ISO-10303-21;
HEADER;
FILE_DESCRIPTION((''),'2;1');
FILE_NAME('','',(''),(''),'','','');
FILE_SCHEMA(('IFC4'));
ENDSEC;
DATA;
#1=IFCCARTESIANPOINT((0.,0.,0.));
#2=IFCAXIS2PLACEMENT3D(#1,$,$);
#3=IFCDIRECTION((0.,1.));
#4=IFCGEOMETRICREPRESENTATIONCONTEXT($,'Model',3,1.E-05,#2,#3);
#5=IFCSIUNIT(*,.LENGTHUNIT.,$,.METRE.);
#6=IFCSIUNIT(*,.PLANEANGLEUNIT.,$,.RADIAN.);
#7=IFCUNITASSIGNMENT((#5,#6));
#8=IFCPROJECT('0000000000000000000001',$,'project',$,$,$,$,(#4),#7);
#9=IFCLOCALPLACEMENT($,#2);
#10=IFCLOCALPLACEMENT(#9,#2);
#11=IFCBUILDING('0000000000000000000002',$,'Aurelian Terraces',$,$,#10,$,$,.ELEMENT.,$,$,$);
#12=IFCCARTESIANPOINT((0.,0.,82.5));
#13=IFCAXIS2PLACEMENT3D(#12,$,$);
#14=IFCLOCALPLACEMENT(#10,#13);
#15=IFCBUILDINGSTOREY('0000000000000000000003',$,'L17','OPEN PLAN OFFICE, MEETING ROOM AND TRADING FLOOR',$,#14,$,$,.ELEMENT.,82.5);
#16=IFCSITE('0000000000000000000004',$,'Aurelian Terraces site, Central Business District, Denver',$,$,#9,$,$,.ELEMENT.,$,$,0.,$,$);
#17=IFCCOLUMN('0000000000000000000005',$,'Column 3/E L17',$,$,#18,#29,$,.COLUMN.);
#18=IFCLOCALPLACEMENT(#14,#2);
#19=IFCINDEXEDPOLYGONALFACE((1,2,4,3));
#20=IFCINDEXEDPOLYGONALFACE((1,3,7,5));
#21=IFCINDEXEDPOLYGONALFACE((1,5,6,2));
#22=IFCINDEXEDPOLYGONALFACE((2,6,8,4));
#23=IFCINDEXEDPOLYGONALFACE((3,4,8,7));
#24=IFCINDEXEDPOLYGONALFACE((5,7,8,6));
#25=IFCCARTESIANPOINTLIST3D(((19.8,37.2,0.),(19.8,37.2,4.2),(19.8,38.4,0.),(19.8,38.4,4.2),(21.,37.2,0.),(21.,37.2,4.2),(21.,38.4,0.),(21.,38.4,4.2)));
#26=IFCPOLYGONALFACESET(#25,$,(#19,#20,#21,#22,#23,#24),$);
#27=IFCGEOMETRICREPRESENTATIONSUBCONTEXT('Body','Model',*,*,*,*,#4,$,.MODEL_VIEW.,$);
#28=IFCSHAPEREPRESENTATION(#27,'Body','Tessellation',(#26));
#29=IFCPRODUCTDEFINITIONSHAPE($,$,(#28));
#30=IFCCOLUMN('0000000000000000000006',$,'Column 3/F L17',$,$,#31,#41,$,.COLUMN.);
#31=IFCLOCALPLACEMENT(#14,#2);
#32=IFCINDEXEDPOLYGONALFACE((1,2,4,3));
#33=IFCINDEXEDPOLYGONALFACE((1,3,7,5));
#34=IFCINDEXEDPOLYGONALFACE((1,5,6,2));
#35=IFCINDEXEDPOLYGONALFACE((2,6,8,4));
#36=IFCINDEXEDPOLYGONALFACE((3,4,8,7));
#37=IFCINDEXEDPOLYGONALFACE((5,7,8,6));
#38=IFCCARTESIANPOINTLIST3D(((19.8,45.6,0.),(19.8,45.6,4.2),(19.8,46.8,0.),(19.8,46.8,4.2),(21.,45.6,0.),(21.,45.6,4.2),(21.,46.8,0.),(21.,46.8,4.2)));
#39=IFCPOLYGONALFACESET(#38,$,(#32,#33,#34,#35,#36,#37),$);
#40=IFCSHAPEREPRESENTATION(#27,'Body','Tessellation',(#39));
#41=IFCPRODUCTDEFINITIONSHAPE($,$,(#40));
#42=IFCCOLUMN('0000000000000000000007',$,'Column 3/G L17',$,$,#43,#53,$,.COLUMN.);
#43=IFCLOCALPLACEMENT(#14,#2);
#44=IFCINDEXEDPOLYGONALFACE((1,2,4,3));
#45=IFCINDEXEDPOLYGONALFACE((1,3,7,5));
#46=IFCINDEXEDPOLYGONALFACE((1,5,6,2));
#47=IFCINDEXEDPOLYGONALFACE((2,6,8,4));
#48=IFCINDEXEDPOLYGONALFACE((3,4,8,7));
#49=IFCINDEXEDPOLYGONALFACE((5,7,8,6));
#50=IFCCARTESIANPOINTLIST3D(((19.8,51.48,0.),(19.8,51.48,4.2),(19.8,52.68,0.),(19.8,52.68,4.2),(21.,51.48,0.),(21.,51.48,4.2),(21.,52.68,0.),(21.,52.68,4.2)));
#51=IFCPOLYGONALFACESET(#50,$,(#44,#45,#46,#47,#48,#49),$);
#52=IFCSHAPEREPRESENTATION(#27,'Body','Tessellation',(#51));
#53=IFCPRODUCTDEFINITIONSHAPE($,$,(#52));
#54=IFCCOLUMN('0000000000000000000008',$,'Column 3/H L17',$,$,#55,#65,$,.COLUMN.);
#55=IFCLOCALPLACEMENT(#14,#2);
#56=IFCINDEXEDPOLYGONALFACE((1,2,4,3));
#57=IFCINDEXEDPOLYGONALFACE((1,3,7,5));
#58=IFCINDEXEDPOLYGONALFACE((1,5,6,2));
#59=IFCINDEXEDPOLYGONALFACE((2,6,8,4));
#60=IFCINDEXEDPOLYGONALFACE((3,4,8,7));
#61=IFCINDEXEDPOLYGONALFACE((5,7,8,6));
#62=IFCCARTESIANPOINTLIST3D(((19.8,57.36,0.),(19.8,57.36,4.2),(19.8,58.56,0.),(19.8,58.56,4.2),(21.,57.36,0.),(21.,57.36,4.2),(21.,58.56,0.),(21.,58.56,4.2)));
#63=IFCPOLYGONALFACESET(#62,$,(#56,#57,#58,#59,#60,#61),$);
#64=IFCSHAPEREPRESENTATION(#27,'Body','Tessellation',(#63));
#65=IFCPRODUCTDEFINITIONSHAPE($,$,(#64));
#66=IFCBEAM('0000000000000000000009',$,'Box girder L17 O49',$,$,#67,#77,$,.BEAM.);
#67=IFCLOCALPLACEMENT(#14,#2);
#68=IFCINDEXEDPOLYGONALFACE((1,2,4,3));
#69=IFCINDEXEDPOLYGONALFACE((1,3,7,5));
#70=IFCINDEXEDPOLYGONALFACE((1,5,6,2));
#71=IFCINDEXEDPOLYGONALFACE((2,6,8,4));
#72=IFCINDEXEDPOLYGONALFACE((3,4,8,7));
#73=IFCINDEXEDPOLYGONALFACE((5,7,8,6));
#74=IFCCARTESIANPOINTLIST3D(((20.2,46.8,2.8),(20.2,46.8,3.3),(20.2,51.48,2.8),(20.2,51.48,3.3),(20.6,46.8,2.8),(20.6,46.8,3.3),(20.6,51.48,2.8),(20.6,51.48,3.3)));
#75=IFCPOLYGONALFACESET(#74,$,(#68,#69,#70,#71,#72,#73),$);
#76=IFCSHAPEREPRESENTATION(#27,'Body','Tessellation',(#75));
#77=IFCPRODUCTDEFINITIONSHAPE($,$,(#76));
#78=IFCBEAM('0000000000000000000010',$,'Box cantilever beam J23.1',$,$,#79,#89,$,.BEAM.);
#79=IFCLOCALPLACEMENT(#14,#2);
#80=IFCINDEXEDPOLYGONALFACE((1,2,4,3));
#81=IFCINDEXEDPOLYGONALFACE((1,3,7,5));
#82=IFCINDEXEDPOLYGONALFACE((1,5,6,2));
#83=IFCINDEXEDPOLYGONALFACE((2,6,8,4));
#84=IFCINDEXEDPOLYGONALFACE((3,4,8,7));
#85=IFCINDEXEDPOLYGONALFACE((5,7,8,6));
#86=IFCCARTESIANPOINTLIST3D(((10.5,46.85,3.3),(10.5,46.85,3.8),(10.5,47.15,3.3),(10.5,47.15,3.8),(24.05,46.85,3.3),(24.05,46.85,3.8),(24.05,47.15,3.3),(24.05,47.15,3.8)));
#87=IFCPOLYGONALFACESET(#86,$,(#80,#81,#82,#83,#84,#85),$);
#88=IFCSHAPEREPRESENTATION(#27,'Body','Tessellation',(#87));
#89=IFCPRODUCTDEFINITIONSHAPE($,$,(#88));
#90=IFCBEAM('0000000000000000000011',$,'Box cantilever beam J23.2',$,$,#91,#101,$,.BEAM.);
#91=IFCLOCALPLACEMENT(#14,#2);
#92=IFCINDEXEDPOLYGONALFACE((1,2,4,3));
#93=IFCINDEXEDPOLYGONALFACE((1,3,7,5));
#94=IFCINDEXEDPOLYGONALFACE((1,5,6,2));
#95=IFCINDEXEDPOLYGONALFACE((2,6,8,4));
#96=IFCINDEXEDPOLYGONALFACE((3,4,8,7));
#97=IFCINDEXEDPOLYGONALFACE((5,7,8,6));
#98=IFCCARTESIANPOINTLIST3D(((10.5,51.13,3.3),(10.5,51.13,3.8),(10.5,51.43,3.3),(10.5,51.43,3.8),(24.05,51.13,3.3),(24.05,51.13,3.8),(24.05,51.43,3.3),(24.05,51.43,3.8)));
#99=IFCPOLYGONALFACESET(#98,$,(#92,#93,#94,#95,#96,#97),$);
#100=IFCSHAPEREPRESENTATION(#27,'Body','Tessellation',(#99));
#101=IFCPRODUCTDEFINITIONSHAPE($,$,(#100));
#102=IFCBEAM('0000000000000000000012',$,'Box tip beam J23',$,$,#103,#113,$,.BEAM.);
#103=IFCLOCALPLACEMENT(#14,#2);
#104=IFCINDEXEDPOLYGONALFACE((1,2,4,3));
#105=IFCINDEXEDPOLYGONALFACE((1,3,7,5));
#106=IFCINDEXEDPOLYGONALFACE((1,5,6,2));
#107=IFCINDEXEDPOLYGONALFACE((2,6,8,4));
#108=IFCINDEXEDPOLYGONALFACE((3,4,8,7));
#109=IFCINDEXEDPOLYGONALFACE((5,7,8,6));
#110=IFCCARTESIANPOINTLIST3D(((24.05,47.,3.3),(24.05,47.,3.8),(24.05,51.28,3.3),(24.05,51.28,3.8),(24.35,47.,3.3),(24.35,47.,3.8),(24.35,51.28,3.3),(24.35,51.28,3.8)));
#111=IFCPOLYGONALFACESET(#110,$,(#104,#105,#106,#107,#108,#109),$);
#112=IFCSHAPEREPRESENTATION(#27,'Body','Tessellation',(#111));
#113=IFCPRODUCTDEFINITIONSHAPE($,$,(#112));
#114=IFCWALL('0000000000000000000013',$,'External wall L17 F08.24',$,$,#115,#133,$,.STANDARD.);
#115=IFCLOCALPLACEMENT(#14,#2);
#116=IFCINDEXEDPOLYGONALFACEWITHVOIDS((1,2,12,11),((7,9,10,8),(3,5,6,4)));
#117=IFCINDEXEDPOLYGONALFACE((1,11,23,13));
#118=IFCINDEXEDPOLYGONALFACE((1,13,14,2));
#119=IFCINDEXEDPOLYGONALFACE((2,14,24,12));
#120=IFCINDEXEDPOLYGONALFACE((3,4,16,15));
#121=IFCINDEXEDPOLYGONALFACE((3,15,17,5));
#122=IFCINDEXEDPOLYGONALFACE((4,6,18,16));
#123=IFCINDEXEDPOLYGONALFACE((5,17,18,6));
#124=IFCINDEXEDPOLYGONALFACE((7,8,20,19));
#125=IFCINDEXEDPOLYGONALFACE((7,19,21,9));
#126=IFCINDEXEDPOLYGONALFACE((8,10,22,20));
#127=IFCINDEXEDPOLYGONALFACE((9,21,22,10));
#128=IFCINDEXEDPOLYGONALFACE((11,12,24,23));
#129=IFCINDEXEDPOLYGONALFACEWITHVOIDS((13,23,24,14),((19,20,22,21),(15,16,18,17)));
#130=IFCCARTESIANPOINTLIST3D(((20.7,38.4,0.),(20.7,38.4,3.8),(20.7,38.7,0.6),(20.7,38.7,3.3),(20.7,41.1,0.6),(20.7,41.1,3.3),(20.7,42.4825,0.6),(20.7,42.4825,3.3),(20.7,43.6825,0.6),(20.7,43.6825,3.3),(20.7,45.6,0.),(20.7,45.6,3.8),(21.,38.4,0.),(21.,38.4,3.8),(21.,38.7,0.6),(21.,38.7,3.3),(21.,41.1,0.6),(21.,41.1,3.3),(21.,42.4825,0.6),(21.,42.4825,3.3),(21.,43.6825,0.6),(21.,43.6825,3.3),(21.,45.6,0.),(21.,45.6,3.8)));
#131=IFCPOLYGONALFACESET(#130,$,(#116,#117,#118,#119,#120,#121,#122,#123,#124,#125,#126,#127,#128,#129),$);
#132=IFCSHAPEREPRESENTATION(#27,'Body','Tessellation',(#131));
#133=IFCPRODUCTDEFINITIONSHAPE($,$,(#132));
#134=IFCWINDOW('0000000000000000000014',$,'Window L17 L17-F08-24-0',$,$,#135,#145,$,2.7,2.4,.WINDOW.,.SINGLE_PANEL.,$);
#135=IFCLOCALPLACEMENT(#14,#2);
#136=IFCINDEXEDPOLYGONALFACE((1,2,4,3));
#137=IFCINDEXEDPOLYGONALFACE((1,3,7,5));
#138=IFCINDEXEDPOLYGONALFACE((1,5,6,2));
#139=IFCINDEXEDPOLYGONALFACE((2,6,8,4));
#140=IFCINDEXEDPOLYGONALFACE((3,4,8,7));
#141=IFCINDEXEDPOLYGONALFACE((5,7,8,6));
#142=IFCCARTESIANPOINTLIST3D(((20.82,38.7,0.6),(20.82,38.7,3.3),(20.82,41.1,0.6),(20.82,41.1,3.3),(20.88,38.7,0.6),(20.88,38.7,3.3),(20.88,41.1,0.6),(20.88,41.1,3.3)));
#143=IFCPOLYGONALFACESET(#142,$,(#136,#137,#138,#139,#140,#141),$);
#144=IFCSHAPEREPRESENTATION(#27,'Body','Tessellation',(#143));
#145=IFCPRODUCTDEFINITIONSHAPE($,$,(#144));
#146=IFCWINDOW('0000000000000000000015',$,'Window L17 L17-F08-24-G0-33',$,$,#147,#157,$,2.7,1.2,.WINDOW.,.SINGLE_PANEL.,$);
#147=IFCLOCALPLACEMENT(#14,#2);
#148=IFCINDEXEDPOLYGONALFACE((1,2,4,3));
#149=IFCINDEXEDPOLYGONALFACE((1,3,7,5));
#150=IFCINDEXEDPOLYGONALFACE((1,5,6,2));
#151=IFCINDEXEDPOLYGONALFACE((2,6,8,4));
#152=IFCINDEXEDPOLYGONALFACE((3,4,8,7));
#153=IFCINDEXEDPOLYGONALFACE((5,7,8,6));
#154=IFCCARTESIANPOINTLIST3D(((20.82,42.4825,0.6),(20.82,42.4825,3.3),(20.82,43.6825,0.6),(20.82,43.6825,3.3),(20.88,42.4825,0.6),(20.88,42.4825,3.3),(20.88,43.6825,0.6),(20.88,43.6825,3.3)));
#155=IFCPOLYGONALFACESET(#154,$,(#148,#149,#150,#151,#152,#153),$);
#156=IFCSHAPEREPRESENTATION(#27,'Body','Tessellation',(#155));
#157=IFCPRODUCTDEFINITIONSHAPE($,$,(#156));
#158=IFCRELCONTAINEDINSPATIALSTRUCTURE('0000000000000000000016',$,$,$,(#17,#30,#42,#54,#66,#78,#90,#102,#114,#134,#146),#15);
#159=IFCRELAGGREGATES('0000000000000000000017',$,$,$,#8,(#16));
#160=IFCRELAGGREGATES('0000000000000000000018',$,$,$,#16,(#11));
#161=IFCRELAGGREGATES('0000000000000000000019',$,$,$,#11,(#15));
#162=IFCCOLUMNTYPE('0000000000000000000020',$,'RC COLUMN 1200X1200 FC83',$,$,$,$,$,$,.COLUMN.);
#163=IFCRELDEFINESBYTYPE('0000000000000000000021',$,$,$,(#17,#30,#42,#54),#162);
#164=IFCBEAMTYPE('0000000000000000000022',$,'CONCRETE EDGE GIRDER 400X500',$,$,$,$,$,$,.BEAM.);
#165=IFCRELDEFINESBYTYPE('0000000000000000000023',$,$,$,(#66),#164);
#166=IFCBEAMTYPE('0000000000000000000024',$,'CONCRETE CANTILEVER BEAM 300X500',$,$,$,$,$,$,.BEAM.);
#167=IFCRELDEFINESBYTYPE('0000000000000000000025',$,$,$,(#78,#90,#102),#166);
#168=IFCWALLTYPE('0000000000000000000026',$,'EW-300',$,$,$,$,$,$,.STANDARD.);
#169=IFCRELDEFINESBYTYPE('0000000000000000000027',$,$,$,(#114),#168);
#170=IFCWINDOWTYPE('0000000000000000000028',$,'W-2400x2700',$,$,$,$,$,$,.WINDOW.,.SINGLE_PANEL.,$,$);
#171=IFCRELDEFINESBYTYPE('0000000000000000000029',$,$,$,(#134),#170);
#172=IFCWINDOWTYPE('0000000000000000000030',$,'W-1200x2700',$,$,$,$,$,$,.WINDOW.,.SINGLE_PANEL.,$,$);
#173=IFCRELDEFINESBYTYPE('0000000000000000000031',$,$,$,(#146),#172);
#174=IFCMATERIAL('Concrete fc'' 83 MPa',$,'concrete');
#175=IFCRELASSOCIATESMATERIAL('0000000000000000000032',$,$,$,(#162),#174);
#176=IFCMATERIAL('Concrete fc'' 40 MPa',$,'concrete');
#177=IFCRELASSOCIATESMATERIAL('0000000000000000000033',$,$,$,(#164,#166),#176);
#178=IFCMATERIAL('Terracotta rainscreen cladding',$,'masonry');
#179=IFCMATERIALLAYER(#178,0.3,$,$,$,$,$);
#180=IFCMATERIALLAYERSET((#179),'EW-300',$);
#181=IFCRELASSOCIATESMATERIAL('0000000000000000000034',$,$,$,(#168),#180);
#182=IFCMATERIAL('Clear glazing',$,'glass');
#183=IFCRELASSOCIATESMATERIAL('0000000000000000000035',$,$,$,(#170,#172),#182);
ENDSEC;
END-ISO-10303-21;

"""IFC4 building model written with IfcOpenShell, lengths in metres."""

from ifc_helpers import new_model, si_unit, direction, frame, frame_2d, origin, origin_2d, place, context, subcontext, project, spatial, rectangle, extrude, source, transform, mapped, material, layer, layer_set, material_profile, profile_set, type_object, element, fill, save


model = new_model("IFC4")

# Units and contexts
model_context = context("Model", 3, precision=1e-05, world=origin(), true_north=direction((0.0, 1.0)))
body_context = subcontext(model_context, "Body", "Model", "MODEL_VIEW")
ifc_project = project(units=[si_unit("LENGTHUNIT", "METRE"), si_unit("PLANEANGLEUNIT", "RADIAN")], contexts=[model_context])

# Site, building, storey
site_placement = place(None, origin())
site = spatial("IfcSite", under=ifc_project, at=site_placement, Name="Aurelian Terraces site, Central Business District, Denver", CompositionType="ELEMENT", RefElevation=0.0)
building_placement = place(site_placement, origin())
building = spatial("IfcBuilding", under=site, at=building_placement, Name="Aurelian Terraces", CompositionType="ELEMENT")
storey_placement = place(building_placement, frame((0.0, 0.0, 82.5)))
storey = spatial("IfcBuildingStorey", under=building, at=storey_placement, Name="L17", Description="OPEN PLAN OFFICE, MEETING ROOM AND TRADING FLOOR", CompositionType="ELEMENT", Elevation=82.5)

# Columns
ifc_material_1 = material(Name="Concrete fc' 83 MPa", Category="concrete")
ifc_material_profile_1 = material_profile(ifc_material_1, rectangle(XDim=1.2, YDim=1.2, at=origin_2d()))
ifc_profile_set_1 = profile_set([ifc_material_profile_1], Name="Concrete fc' 83 MPa")
column_type = type_object("IfcColumnType", Name="RC COLUMN 1200X1200 FC83", PredefinedType="COLUMN", material=ifc_profile_set_1)
shared_shape_1 = source(origin(), body_context, "Body", "SweptSolid", [
    extrude(rectangle(XDim=1.2, YDim=1.2, at=origin_2d()), origin(), (0.0, 0.0, 1.0), 4.2),
])
for number, where, z_axis, x_axis, name in (
    (1, (20.4, 37.8, 0.0), (0.0, 0.0, 1.0), (1.0, 0.0, 0.0), "Column 3/E L17"),
    (2, (20.4, 46.2, 0.0), (0.0, 0.0, 1.0), (1.0, 0.0, 0.0), "Column 3/F L17"),
    (3, (20.4, 52.08, 0.0), (0.0, 0.0, 1.0), (1.0, 0.0, 0.0), "Column 3/G L17"),
    (4, (20.4, 57.96, 0.0), (0.0, 0.0, 1.0), (1.0, 0.0, 0.0), "Column 3/H L17"),
):
    element("IfcColumn", number, at=place(storey_placement, frame(where, z_axis=z_axis, x_axis=x_axis)), inside=storey, type_object=column_type, Name=name, PredefinedType="COLUMN", context=body_context, shape_type="MappedRepresentation", body=[
        mapped(shared_shape_1, transform((0.0, 0.0, 0.0), scale=1.0)),
    ])

# Beams
ifc_material_2 = material(Name="Concrete fc' 40 MPa", Category="concrete")
ifc_material_profile_2 = material_profile(ifc_material_2, rectangle(XDim=0.4, YDim=0.5, at=origin_2d()))
ifc_profile_set_2 = profile_set([ifc_material_profile_2], Name="Concrete fc' 40 MPa")
beam_type_1 = type_object("IfcBeamType", Name="CONCRETE EDGE GIRDER 400X500", PredefinedType="BEAM", material=ifc_profile_set_2)
shared_shape_2 = source(origin(), body_context, "Body", "SweptSolid", [
    extrude(rectangle(XDim=0.4, YDim=0.5, at=origin_2d()), origin(), (0.0, 0.0, 1.0), 4.68),
])
beam_1_placement = place(storey_placement, frame((20.4, 46.8, 3.05), z_axis=(0.0, 1.0, 0.0), x_axis=(-1.0, 0.0, 0.0)))
element("IfcBeam", 5, at=beam_1_placement, inside=storey, type_object=beam_type_1, Name="Box girder L17 O49", PredefinedType="BEAM", context=body_context, shape_type="MappedRepresentation", body=[
    mapped(shared_shape_2, transform((0.0, 0.0, 0.0), scale=1.0)),
])
ifc_material_profile_3 = material_profile(ifc_material_2, rectangle(XDim=0.3, YDim=0.5, at=origin_2d()))
ifc_profile_set_3 = profile_set([ifc_material_profile_3], Name="Concrete fc' 40 MPa")
beam_type_2 = type_object("IfcBeamType", Name="CONCRETE CANTILEVER BEAM 300X500", PredefinedType="BEAM", material=ifc_profile_set_3)
shared_shape_3 = source(origin(), body_context, "Body", "SweptSolid", [
    extrude(rectangle(XDim=0.3, YDim=0.5, at=origin_2d()), origin(), (0.0, 0.0, 1.0), 13.55),
])
for number, where, z_axis, x_axis, name in (
    (6, (24.05, 47.0, 3.55), (-1.0, 0.0, 0.0), (0.0, -1.0, 0.0), "Box cantilever beam J23.1"),
    (7, (24.05, 51.28, 3.55), (-1.0, 0.0, 0.0), (0.0, -1.0, 0.0), "Box cantilever beam J23.2"),
):
    element("IfcBeam", number, at=place(storey_placement, frame(where, z_axis=z_axis, x_axis=x_axis)), inside=storey, type_object=beam_type_2, Name=name, PredefinedType="BEAM", context=body_context, shape_type="MappedRepresentation", body=[
        mapped(shared_shape_3, transform((0.0, 0.0, 0.0), scale=1.0)),
    ])
shared_shape_4 = source(origin(), body_context, "Body", "SweptSolid", [
    extrude(rectangle(XDim=0.3, YDim=0.5, at=origin_2d()), origin(), (0.0, 0.0, 1.0), 4.28),
])
beam_2_placement = place(storey_placement, frame((24.2, 47.0, 3.55), z_axis=(0.0, 1.0, 0.0), x_axis=(-1.0, 0.0, 0.0)))
element("IfcBeam", 8, at=beam_2_placement, inside=storey, type_object=beam_type_2, Name="Box tip beam J23", PredefinedType="BEAM", context=body_context, shape_type="MappedRepresentation", body=[
    mapped(shared_shape_4, transform((0.0, 0.0, 0.0), scale=1.0)),
])

# Wall, openings, windows
ifc_material_3 = material(Name="Terracotta rainscreen cladding", Category="masonry")
ifc_layer_1 = layer(ifc_material_3, 0.3)
ifc_layer_set_1 = layer_set([ifc_layer_1], Name="EW-300")
wall_type_1 = type_object("IfcWallType", Name="EW-300", PredefinedType="STANDARD", material=ifc_layer_set_1)
shared_shape_5 = source(origin(), body_context, "Body", "SweptSolid", [
    extrude(rectangle(XDim=7.2, YDim=0.3, at=frame_2d((3.6, 0.0))), origin(), (0.0, 0.0, 1.0), 3.8),
])
wall_1_placement = place(storey_placement, frame((20.85, 38.4, 0.0), z_axis=(0.0, 0.0, 1.0), x_axis=(0.0, 1.0, 0.0)))
wall_1 = element("IfcWall", 9, at=wall_1_placement, inside=storey, type_object=wall_type_1, Name="External wall L17 F08.24", PredefinedType="STANDARD", context=body_context, shape_type="MappedRepresentation", body=[
    mapped(shared_shape_5, transform((0.0, 0.0, 0.0), scale=1.0)),
])
shared_shape_6 = source(origin(), body_context, "Body", "SweptSolid", [
    extrude(rectangle(XDim=2.4, YDim=2.7, at=frame_2d((1.2, 1.35))), frame((0.0, 0.16, 0.0), z_axis=(0.0, -1.0, 0.0), x_axis=(1.0, 0.0, 0.0)), (0.0, 0.0, 1.0), 0.32),
])
opening_1_placement = place(wall_1_placement, frame((0.3, 0.0, 0.6)))
opening_1 = element("IfcOpeningElement", 10, at=opening_1_placement, cuts=wall_1, PredefinedType="OPENING", context=body_context, shape_type="MappedRepresentation", body=[
    mapped(shared_shape_6, transform((0.0, 0.0, 0.0), scale=1.0)),
])
shared_shape_7 = source(origin(), body_context, "Body", "SweptSolid", [
    extrude(rectangle(XDim=1.2, YDim=2.7, at=frame_2d((0.6, 1.35))), frame((0.0, 0.16, 0.0), z_axis=(0.0, -1.0, 0.0), x_axis=(1.0, 0.0, 0.0)), (0.0, 0.0, 1.0), 0.32),
])
opening_2_placement = place(wall_1_placement, frame((4.0825, 0.0, 0.6)))
opening_2 = element("IfcOpeningElement", 11, at=opening_2_placement, cuts=wall_1, PredefinedType="OPENING", context=body_context, shape_type="MappedRepresentation", body=[
    mapped(shared_shape_7, transform((0.0, 0.0, 0.0), scale=1.0)),
])
ifc_material_4 = material(Name="Clear glazing", Category="glass")
window_type_1 = type_object("IfcWindowType", Name="W-2400x2700", PartitioningType="SINGLE_PANEL", PredefinedType="WINDOW", material=ifc_material_4)
shared_shape_8 = source(origin(), body_context, "Body", "SweptSolid", [
    extrude(rectangle(XDim=2.4, YDim=2.7, at=frame_2d((1.2, 1.35))), frame((0.0, 0.03, 0.0), z_axis=(0.0, -1.0, 0.0), x_axis=(1.0, 0.0, 0.0)), (0.0, 0.0, 1.0), 0.06),
])
window_1_placement = place(opening_1_placement, origin())
window_1 = element("IfcWindow", 12, at=window_1_placement, inside=storey, type_object=window_type_1, Name="Window L17 L17-F08-24-0", OverallHeight=2.7, OverallWidth=2.4, PartitioningType="SINGLE_PANEL", PredefinedType="WINDOW", context=body_context, shape_type="MappedRepresentation", body=[
    mapped(shared_shape_8, transform((0.0, 0.0, 0.0), scale=1.0)),
])
fill(opening_1, window_1)
window_type_2 = type_object("IfcWindowType", Name="W-1200x2700", PartitioningType="SINGLE_PANEL", PredefinedType="WINDOW", material=ifc_material_4)
shared_shape_9 = source(origin(), body_context, "Body", "SweptSolid", [
    extrude(rectangle(XDim=1.2, YDim=2.7, at=frame_2d((0.6, 1.35))), frame((0.0, 0.03, 0.0), z_axis=(0.0, -1.0, 0.0), x_axis=(1.0, 0.0, 0.0)), (0.0, 0.0, 1.0), 0.06),
])
window_2_placement = place(opening_2_placement, origin())
window_2 = element("IfcWindow", 13, at=window_2_placement, inside=storey, type_object=window_type_2, Name="Window L17 L17-F08-24-G0-33", OverallHeight=2.7, OverallWidth=1.2, PartitioningType="SINGLE_PANEL", PredefinedType="WINDOW", context=body_context, shape_type="MappedRepresentation", body=[
    mapped(shared_shape_9, transform((0.0, 0.0, 0.0), scale=1.0)),
])
fill(opening_2, window_2)

save(model, "model.ifc")
